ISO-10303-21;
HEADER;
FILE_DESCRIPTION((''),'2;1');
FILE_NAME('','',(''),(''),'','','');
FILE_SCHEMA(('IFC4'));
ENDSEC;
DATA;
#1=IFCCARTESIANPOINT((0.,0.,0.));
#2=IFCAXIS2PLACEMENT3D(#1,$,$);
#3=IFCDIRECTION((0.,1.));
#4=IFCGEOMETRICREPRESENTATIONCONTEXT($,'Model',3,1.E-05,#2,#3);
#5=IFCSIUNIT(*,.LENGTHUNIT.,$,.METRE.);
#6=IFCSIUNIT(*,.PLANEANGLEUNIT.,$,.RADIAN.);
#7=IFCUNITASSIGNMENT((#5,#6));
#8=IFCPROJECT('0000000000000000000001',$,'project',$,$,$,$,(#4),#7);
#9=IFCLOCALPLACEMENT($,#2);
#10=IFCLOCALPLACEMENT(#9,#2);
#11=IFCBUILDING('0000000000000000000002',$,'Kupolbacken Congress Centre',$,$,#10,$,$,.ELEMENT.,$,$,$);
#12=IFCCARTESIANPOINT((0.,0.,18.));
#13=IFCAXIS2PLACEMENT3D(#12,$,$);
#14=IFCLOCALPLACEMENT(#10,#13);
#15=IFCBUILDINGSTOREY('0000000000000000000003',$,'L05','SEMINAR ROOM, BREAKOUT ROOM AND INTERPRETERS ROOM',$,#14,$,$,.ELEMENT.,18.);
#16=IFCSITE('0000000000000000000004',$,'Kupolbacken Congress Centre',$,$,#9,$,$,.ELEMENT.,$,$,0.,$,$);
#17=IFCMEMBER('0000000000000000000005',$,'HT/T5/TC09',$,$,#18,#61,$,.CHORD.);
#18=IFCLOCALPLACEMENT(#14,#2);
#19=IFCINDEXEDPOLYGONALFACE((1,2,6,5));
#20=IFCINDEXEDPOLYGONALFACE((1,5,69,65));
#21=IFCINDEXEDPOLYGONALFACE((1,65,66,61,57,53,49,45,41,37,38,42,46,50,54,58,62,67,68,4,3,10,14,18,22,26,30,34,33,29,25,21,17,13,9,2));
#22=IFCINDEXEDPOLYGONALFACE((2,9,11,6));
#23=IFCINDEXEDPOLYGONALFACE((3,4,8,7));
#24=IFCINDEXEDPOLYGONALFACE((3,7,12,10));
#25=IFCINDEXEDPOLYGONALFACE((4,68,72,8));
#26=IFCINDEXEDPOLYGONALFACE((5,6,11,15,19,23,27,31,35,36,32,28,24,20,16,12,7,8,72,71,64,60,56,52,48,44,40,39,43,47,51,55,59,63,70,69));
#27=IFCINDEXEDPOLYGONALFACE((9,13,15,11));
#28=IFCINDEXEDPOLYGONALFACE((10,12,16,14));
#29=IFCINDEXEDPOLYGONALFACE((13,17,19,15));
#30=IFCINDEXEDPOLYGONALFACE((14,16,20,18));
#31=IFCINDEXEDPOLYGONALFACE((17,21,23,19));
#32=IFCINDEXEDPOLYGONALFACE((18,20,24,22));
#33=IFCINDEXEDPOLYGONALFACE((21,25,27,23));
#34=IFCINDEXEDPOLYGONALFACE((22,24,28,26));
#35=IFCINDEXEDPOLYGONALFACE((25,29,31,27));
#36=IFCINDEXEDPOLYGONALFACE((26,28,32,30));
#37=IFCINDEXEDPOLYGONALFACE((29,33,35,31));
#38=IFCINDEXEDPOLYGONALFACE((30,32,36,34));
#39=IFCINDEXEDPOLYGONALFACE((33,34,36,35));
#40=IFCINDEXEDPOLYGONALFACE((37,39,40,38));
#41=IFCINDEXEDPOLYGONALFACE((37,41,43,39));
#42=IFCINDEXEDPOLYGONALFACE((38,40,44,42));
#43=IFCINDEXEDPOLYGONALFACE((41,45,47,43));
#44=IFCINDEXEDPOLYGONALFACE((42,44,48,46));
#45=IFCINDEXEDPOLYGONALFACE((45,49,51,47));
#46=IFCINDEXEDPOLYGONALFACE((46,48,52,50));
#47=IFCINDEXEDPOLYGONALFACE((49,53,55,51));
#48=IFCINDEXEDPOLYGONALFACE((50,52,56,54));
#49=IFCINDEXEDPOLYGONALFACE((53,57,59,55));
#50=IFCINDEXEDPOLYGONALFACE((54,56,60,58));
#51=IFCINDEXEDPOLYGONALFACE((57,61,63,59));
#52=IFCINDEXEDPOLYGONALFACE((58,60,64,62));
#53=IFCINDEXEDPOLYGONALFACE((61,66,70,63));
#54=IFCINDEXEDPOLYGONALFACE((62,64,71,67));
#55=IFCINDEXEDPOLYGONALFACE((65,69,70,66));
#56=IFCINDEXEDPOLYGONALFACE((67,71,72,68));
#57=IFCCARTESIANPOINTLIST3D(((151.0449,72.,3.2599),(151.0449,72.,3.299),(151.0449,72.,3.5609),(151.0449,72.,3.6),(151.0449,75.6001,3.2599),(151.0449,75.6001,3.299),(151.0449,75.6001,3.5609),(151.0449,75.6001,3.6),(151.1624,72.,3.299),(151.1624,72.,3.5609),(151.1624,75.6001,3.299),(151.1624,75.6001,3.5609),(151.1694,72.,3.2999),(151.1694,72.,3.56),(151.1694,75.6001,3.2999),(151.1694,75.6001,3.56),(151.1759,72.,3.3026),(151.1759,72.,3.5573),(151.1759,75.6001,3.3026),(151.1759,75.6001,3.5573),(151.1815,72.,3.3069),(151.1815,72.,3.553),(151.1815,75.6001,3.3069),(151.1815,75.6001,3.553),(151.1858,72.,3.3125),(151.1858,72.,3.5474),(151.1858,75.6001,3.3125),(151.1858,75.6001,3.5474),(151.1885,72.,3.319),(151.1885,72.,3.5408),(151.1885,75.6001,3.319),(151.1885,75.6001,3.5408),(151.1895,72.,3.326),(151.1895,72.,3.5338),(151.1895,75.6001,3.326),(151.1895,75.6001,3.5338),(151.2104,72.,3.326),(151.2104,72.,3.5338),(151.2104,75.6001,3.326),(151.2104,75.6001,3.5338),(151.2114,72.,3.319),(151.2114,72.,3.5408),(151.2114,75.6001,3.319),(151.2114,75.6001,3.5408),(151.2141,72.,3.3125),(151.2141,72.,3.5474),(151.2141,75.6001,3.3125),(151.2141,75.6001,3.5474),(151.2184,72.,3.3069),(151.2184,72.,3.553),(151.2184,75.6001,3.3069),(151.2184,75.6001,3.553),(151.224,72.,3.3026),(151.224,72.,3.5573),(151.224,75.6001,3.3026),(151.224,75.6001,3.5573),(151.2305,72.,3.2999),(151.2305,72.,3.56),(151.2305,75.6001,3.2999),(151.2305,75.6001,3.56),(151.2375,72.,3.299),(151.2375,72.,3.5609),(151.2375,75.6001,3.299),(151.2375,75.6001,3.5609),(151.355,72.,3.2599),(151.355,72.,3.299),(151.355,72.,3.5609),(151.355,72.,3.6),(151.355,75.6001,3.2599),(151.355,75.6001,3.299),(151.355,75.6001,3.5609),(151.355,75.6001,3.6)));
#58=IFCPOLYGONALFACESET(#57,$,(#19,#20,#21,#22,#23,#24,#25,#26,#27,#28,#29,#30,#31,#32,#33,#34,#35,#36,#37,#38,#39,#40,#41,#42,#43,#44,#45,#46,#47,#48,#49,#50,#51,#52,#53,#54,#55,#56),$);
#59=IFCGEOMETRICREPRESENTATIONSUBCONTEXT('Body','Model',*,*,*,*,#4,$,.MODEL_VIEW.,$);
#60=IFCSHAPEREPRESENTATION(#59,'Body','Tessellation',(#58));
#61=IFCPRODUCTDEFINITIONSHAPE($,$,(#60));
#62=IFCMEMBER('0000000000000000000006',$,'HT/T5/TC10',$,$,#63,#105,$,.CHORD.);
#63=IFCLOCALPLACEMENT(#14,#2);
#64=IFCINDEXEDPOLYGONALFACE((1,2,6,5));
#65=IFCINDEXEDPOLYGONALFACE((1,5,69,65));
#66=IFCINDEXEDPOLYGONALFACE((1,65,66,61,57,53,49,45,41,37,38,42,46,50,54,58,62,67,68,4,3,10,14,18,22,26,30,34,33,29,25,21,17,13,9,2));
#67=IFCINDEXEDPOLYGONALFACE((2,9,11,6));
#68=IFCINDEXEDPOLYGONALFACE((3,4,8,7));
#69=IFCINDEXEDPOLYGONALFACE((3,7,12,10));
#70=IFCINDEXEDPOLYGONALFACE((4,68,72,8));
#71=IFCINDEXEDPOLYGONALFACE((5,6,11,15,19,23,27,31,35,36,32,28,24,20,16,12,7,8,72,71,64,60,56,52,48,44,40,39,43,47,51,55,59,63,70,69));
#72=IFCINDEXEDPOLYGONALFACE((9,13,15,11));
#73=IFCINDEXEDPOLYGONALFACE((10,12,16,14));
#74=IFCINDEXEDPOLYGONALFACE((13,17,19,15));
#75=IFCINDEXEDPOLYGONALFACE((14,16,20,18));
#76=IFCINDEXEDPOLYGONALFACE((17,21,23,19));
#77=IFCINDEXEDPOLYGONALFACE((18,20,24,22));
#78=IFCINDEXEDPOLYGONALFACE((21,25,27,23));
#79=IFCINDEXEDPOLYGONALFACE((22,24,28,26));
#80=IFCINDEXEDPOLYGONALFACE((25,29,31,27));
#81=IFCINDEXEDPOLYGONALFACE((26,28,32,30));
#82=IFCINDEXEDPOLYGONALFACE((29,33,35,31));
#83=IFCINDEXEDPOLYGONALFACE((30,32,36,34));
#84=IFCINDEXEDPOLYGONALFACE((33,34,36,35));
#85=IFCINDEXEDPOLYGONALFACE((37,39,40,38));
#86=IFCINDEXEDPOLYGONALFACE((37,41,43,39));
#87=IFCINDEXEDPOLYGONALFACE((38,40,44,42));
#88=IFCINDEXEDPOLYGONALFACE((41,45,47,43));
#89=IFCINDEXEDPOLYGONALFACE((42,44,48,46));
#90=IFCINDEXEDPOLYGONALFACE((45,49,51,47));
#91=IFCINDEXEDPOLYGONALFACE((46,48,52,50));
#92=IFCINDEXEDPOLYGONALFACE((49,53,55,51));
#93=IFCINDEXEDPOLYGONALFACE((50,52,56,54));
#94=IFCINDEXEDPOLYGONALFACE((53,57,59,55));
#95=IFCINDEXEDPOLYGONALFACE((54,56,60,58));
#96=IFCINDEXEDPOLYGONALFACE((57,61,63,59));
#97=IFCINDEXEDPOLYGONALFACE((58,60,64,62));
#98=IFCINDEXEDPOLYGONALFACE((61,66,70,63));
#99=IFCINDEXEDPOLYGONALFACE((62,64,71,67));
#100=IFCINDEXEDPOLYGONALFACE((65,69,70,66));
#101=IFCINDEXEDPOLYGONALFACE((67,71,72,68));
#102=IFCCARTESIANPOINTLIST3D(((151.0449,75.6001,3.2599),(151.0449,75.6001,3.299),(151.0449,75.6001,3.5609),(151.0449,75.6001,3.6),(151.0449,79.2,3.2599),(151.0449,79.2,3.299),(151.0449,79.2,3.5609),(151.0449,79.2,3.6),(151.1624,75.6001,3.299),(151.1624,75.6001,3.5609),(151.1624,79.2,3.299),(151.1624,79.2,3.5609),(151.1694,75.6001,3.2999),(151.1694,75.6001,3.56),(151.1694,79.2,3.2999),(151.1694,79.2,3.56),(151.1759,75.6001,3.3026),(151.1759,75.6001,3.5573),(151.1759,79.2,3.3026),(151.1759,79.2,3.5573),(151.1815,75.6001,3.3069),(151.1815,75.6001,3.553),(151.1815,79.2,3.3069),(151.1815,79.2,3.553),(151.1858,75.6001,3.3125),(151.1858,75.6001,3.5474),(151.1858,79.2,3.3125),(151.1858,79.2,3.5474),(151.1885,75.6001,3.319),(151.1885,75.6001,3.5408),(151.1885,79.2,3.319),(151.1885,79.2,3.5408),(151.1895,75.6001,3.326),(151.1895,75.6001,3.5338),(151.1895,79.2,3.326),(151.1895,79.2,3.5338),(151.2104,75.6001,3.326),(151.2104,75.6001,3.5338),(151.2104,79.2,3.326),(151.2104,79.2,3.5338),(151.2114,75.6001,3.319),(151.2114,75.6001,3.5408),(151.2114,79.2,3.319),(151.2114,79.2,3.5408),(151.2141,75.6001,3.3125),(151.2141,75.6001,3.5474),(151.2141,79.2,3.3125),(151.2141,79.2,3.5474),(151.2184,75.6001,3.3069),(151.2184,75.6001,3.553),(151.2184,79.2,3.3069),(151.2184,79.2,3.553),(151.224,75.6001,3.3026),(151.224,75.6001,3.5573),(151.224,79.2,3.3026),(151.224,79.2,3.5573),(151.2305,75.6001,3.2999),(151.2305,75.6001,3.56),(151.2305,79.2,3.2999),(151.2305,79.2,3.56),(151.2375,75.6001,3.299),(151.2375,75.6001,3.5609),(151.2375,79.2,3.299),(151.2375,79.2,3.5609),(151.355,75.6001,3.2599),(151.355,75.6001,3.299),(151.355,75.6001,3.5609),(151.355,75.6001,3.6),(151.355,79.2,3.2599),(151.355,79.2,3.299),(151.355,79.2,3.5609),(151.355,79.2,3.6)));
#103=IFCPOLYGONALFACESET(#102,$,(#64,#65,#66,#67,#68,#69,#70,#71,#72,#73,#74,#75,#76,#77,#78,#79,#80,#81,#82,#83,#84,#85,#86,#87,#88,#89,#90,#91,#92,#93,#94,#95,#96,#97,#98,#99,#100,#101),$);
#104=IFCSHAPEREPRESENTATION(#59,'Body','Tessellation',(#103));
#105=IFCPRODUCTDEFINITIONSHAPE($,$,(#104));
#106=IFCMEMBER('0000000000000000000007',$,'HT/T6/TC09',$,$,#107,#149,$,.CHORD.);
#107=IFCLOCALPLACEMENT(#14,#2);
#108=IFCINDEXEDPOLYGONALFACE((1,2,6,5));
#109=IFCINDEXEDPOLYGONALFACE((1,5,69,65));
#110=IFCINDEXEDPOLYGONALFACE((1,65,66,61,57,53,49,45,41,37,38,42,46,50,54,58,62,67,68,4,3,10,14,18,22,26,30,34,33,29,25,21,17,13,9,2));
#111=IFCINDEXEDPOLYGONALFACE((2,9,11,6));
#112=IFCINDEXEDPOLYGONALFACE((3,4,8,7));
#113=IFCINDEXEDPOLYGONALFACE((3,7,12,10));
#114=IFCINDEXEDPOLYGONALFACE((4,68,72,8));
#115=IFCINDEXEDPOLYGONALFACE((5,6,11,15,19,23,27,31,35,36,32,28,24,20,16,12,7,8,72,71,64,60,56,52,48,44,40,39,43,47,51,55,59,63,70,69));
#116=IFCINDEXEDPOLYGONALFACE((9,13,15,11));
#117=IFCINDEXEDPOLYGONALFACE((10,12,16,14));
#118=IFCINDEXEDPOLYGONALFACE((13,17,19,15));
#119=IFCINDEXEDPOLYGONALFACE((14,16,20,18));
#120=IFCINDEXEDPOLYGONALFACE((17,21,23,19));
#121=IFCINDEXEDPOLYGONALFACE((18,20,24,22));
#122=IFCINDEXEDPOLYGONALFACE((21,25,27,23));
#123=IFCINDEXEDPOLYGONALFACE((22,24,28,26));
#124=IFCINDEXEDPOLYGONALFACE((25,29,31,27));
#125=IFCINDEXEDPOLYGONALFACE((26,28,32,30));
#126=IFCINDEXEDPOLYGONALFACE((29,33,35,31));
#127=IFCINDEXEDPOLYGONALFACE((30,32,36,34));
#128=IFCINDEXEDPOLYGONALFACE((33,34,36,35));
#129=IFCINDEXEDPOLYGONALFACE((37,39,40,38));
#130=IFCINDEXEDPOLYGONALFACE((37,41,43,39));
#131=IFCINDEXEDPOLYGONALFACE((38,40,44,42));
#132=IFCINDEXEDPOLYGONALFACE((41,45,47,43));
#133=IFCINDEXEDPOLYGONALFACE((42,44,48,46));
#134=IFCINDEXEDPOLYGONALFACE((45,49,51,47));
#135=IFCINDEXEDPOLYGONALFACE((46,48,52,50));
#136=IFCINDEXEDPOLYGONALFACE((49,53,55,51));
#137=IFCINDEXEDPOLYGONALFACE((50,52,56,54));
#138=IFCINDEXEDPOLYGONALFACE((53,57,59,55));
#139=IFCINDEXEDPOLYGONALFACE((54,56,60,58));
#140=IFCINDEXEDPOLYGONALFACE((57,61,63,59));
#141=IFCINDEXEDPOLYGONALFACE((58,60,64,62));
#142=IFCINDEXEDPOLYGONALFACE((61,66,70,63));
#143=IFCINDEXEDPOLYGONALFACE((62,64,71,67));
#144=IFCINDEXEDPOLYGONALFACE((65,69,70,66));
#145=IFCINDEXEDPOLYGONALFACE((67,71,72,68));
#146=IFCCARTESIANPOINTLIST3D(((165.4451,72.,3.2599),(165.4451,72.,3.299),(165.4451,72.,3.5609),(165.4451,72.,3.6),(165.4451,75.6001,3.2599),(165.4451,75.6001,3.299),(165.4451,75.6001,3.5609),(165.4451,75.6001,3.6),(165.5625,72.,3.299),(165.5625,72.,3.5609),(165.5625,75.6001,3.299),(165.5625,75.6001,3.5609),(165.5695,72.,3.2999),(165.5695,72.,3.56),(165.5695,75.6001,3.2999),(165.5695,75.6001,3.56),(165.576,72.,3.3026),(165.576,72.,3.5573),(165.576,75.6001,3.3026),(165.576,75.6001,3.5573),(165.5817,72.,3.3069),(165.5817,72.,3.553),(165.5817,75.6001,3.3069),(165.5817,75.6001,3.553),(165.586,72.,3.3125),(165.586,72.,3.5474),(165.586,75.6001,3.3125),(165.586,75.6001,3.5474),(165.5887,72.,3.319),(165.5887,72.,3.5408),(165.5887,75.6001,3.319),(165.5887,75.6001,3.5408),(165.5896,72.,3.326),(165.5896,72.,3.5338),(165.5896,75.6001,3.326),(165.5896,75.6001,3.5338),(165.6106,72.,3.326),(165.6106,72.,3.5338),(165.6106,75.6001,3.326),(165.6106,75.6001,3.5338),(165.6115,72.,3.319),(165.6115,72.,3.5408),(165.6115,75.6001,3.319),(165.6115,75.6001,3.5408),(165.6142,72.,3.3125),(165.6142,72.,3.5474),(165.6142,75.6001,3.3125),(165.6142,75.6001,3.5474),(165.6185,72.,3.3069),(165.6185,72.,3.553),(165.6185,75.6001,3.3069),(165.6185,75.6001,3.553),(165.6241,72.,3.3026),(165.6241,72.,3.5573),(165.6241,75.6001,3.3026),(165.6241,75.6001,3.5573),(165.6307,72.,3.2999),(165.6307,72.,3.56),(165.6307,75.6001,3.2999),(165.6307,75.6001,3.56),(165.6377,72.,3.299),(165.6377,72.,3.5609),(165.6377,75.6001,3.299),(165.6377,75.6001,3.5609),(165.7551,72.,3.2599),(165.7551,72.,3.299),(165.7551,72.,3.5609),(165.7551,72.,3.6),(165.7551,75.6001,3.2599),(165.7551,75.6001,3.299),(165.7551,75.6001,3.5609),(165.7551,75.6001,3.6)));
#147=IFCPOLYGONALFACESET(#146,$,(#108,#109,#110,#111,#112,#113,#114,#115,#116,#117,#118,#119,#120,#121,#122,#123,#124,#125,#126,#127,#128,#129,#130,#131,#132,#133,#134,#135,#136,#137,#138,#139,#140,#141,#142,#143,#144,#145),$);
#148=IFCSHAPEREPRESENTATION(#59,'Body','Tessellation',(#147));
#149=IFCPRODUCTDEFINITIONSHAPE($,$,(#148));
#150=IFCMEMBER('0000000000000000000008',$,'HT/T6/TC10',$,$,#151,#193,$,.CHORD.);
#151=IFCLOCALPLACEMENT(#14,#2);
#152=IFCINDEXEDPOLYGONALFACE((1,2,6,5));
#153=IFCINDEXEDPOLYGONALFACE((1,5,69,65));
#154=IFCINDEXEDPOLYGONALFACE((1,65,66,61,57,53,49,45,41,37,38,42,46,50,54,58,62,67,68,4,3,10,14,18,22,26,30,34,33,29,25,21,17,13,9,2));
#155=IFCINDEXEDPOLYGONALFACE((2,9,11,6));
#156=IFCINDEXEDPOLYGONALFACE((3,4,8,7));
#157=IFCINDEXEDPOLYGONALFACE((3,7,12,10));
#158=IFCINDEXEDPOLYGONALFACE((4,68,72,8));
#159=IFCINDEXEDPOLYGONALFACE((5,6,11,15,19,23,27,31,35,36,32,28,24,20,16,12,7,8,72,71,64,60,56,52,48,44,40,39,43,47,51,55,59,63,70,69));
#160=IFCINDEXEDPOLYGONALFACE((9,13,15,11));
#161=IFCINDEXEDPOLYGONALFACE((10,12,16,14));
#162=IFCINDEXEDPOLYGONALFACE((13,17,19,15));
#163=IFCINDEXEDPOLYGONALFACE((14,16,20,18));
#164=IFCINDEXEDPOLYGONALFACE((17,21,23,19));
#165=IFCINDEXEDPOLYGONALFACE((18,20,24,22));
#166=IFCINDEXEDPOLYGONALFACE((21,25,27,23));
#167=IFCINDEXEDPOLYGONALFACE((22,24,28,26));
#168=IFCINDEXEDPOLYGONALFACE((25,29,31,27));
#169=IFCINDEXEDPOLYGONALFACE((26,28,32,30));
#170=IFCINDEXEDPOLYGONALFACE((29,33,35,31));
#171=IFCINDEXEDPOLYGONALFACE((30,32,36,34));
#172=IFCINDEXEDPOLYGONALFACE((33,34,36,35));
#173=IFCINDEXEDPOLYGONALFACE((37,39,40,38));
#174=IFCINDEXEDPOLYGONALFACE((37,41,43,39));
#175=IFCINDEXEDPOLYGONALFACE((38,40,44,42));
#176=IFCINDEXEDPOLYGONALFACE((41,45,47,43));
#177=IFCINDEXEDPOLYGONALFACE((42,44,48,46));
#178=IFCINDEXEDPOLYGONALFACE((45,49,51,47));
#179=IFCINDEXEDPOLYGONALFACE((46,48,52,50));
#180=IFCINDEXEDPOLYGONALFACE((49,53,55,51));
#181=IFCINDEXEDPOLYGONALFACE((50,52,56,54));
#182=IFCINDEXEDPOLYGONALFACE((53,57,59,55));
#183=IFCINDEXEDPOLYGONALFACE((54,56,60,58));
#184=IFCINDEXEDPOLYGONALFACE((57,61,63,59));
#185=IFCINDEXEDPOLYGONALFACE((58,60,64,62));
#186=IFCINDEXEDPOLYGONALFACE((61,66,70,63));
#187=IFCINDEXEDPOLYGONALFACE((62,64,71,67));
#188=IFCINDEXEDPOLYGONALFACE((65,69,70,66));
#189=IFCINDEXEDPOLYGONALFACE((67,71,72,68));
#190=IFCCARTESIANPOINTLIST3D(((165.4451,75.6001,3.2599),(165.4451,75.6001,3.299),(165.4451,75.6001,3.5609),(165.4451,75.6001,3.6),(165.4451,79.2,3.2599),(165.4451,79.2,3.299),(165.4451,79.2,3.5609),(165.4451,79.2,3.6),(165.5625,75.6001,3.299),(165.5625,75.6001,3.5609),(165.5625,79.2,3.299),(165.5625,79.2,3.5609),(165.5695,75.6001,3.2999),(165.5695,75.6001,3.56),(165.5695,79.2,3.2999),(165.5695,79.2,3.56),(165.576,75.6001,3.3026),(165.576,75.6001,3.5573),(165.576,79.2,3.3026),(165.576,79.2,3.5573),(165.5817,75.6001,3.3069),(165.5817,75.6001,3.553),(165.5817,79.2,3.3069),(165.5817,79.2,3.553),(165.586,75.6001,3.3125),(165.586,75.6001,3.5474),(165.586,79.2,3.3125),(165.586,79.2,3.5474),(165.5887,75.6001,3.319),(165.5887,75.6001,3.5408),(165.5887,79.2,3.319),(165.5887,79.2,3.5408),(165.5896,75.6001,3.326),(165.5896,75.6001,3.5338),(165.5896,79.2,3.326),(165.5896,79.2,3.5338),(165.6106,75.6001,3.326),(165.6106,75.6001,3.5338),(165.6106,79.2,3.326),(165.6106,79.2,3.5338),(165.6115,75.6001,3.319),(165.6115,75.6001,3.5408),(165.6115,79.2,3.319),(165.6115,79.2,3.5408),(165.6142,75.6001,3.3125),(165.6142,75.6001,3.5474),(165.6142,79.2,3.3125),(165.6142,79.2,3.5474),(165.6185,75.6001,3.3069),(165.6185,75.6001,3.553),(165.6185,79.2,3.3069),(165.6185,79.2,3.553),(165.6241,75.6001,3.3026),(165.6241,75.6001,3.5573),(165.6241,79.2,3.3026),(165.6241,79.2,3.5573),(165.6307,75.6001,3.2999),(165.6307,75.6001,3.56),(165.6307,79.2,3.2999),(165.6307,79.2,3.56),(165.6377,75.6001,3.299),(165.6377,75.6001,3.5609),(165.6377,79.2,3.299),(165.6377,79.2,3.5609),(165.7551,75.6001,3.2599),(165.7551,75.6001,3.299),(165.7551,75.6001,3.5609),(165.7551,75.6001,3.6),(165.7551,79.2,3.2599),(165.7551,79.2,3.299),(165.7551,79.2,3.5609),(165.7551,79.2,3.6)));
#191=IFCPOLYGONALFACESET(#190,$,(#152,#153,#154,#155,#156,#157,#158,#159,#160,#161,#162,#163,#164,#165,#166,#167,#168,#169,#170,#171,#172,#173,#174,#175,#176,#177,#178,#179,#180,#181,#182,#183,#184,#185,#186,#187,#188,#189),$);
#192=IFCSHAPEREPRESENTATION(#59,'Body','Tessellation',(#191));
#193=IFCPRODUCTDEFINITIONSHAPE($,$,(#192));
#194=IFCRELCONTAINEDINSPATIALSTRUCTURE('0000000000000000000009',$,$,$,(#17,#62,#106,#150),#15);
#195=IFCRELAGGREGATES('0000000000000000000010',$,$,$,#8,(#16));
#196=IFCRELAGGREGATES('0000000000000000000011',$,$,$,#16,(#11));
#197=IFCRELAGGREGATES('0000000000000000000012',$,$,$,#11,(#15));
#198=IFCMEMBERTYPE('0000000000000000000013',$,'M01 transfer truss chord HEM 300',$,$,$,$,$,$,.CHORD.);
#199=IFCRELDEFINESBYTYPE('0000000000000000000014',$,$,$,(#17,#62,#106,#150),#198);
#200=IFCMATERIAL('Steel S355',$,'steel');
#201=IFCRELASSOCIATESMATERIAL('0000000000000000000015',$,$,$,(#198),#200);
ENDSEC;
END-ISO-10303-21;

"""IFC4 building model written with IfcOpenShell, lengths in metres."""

from ifc_helpers import new_model, si_unit, direction, frame, origin, origin_2d, place, context, subcontext, project, spatial, i_section, extrude, material, material_profile, profile_set, type_object, element, save


model = new_model("IFC4")

# Units and contexts
model_context = context("Model", 3, precision=1e-05, world=origin(), true_north=direction((0.0, 1.0)))
body_context = subcontext(model_context, "Body", "Model", "MODEL_VIEW")
ifc_project = project(units=[si_unit("LENGTHUNIT", "METRE"), si_unit("PLANEANGLEUNIT", "RADIAN")], contexts=[model_context])

# Site, building, storey
site_placement = place(None, origin())
site = spatial("IfcSite", under=ifc_project, at=site_placement, Name="Kupolbacken Congress Centre", CompositionType="ELEMENT", RefElevation=0.0)
building_placement = place(site_placement, origin())
building = spatial("IfcBuilding", under=site, at=building_placement, Name="Kupolbacken Congress Centre", CompositionType="ELEMENT")
storey_placement = place(building_placement, frame((0.0, 0.0, 18.0)))
storey = spatial("IfcBuildingStorey", under=building, at=storey_placement, Name="L05", Description="SEMINAR ROOM, BREAKOUT ROOM AND INTERPRETERS ROOM", CompositionType="ELEMENT", Elevation=18.0)

# Members
ifc_material_1 = material(Name="Steel S355", Category="steel")
ifc_material_profile_1 = material_profile(ifc_material_1, i_section(OverallWidth=0.3101, OverallDepth=0.3401, WebThickness=0.021, FlangeThickness=0.0391, FilletRadius=0.0271, at=origin_2d()), Name="HEM 300")
ifc_profile_set_1 = profile_set([ifc_material_profile_1], Name="Steel S355")
member_type_1 = type_object("IfcMemberType", Name="M01 transfer truss chord HEM 300", PredefinedType="CHORD", material=ifc_profile_set_1)
member_1_placement = place(storey_placement, frame((151.2, 72.0, 3.4299), z_axis=(0.0, 1.0, 0.0), x_axis=(-1.0, 0.0, 0.0)))
element("IfcMember", 1, at=member_1_placement, inside=storey, type_object=member_type_1, Name="HT/T5/TC09", PredefinedType="CHORD", context=body_context, shape_type="SweptSolid", body=[
    extrude(i_section(OverallWidth=0.3101, OverallDepth=0.3401, WebThickness=0.021, FlangeThickness=0.0391, FilletRadius=0.0271, at=origin_2d()), origin(), (0.0, 0.0, 1.0), 3.6001),
])
member_2_placement = place(storey_placement, frame((151.2, 75.6001, 3.4299), z_axis=(0.0, 1.0, 0.0), x_axis=(-1.0, 0.0, 0.0)))
element("IfcMember", 2, at=member_2_placement, inside=storey, type_object=member_type_1, Name="HT/T5/TC10", PredefinedType="CHORD", context=body_context, shape_type="SweptSolid", body=[
    extrude(i_section(OverallWidth=0.3101, OverallDepth=0.3401, WebThickness=0.021, FlangeThickness=0.0391, FilletRadius=0.0271, at=origin_2d()), origin(), (0.0, 0.0, 1.0), 3.5999),
])
member_3_placement = place(storey_placement, frame((165.6001, 72.0, 3.4299), z_axis=(0.0, 1.0, 0.0), x_axis=(-1.0, 0.0, 0.0)))
element("IfcMember", 3, at=member_3_placement, inside=storey, type_object=member_type_1, Name="HT/T6/TC09", PredefinedType="CHORD", context=body_context, shape_type="SweptSolid", body=[
    extrude(i_section(OverallWidth=0.3101, OverallDepth=0.3401, WebThickness=0.021, FlangeThickness=0.0391, FilletRadius=0.0271, at=origin_2d()), origin(), (0.0, 0.0, 1.0), 3.6001),
])
member_4_placement = place(storey_placement, frame((165.6001, 75.6001, 3.4299), z_axis=(0.0, 1.0, 0.0), x_axis=(-1.0, 0.0, 0.0)))
element("IfcMember", 4, at=member_4_placement, inside=storey, type_object=member_type_1, Name="HT/T6/TC10", PredefinedType="CHORD", context=body_context, shape_type="SweptSolid", body=[
    extrude(i_section(OverallWidth=0.3101, OverallDepth=0.3401, WebThickness=0.021, FlangeThickness=0.0391, FilletRadius=0.0271, at=origin_2d()), origin(), (0.0, 0.0, 1.0), 3.5999),
])

save(model, "model.ifc")
